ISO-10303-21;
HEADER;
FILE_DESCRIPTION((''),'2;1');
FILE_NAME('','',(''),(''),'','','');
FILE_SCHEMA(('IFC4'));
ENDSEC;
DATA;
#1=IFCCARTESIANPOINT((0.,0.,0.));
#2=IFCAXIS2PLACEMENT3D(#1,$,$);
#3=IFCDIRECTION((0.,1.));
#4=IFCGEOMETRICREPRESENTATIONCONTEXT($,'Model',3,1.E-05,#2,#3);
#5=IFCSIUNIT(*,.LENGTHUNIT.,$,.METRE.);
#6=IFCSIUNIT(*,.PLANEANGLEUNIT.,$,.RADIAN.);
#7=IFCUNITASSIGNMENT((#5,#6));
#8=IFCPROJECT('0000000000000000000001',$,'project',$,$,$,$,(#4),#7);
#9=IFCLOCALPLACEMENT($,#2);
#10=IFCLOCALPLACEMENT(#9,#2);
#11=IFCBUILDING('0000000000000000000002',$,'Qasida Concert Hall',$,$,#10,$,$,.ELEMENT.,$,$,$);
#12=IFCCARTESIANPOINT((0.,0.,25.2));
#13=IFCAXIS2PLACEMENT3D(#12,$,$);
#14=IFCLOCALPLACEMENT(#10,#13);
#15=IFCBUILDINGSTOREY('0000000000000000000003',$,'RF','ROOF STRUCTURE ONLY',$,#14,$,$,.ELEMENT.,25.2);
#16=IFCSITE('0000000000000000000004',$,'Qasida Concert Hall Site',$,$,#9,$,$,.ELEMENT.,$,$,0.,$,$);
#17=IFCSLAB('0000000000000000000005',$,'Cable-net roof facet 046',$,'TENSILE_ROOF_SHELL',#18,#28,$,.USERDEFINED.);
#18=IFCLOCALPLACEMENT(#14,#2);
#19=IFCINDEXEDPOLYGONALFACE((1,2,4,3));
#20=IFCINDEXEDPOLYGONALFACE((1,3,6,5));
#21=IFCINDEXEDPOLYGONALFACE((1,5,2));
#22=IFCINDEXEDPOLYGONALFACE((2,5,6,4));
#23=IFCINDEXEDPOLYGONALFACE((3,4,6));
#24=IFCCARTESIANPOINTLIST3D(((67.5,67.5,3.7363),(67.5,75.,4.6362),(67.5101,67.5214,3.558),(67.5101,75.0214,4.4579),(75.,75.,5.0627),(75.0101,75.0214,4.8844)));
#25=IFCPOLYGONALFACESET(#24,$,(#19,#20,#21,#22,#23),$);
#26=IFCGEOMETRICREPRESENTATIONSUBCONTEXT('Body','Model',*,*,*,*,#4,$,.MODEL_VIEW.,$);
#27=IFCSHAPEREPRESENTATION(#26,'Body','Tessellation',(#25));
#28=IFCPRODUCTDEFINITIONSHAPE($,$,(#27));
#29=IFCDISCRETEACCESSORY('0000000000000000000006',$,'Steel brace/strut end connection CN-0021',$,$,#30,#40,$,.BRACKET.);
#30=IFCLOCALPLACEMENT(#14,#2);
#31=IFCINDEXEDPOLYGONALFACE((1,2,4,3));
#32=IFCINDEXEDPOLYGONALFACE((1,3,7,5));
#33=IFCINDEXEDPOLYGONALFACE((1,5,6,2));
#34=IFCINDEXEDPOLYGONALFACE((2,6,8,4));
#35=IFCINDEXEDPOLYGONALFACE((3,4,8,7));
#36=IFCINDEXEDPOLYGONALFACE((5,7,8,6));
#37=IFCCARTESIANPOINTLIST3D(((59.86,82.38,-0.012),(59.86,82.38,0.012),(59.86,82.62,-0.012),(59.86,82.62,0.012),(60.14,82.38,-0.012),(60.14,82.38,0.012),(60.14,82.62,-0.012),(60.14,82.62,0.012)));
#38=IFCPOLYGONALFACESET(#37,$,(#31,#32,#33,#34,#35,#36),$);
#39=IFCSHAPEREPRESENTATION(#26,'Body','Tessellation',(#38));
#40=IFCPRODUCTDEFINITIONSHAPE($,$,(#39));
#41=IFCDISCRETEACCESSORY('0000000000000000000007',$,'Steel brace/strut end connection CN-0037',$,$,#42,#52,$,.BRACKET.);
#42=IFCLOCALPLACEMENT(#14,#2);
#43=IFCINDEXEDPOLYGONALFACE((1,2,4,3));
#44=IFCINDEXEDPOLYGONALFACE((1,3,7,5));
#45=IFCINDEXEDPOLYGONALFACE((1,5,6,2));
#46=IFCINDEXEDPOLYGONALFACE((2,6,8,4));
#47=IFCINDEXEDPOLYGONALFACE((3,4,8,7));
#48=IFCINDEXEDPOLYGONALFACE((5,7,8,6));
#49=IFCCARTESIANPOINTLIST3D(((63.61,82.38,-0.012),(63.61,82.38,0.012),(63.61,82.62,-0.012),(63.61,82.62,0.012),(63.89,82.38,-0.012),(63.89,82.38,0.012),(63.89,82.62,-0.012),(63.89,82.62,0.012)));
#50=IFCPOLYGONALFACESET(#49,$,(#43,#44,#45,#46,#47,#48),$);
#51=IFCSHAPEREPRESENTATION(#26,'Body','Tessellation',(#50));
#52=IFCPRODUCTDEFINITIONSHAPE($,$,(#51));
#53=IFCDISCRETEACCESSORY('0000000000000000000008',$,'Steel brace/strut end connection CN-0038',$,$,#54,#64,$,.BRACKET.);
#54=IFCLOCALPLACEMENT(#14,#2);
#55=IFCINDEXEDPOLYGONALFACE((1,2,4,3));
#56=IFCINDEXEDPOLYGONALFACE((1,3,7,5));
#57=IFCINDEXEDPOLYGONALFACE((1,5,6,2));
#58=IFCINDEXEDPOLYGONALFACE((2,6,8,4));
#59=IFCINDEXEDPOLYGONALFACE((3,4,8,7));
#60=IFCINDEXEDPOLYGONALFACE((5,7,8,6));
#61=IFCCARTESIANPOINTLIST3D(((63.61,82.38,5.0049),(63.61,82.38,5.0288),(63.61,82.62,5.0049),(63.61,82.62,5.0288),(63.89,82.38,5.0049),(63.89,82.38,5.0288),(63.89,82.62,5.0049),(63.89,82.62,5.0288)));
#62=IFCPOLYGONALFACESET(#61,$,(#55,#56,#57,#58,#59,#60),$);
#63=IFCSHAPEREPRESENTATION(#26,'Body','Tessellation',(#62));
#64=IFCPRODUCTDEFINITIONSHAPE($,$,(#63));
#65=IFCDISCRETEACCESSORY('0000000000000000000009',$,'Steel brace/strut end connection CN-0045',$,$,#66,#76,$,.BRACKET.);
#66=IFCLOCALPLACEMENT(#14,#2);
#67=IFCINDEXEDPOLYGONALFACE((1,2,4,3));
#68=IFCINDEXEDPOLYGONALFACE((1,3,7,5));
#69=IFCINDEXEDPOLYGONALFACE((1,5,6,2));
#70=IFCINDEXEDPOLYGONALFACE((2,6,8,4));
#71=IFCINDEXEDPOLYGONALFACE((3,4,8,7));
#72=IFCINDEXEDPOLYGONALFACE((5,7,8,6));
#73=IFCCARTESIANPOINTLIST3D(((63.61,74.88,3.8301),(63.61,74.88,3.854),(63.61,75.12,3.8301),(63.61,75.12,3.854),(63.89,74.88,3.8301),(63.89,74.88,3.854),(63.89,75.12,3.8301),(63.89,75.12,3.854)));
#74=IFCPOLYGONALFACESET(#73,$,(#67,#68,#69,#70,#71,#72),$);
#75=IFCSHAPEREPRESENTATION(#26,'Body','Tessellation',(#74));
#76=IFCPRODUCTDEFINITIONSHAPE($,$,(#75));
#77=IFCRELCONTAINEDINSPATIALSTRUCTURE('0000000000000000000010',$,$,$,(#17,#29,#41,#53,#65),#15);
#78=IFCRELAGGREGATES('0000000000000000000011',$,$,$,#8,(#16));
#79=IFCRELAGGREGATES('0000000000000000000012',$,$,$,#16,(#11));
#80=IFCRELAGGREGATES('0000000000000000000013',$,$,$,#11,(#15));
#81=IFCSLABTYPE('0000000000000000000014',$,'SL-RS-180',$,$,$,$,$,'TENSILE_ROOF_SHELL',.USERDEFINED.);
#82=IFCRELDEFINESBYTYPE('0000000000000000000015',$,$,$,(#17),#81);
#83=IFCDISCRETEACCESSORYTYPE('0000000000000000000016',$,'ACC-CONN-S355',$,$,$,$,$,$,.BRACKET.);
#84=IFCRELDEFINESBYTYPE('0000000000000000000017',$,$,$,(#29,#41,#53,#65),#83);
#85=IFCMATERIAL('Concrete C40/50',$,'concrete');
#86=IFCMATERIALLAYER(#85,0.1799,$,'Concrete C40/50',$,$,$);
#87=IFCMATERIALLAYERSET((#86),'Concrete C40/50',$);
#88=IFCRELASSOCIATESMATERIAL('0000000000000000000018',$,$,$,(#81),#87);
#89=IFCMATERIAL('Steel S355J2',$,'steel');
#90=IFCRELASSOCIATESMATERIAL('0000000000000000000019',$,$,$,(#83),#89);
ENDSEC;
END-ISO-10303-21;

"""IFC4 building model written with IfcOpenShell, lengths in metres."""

from ifc_helpers import new_model, si_unit, direction, frame, origin, origin_2d, place, context, subcontext, project, spatial, polyline, rectangle, outline, extrude, material, layer, layer_set, type_object, element, save


model = new_model("IFC4")

# Units and contexts
model_context = context("Model", 3, precision=1e-05, world=origin(), true_north=direction((0.0, 1.0)))
body_context = subcontext(model_context, "Body", "Model", "MODEL_VIEW")
ifc_project = project(units=[si_unit("LENGTHUNIT", "METRE"), si_unit("PLANEANGLEUNIT", "RADIAN")], contexts=[model_context])

# Site, building, storey
site_placement = place(None, origin())
site = spatial("IfcSite", under=ifc_project, at=site_placement, Name="Qasida Concert Hall Site", CompositionType="ELEMENT", RefElevation=0.0)
building_placement = place(site_placement, origin())
building = spatial("IfcBuilding", under=site, at=building_placement, Name="Qasida Concert Hall", CompositionType="ELEMENT")
storey_placement = place(building_placement, frame((0.0, 0.0, 25.2)))
storey = spatial("IfcBuildingStorey", under=building, at=storey_placement, Name="RF", Description="ROOF STRUCTURE ONLY", CompositionType="ELEMENT", Elevation=25.2)

# Shared definitions
ifc_material_1 = material(Name="Steel S355J2", Category="steel")

# Slab
ifc_material_2 = material(Name="Concrete C40/50", Category="concrete")
ifc_layer_1 = layer(ifc_material_2, 0.1799, Name="Concrete C40/50")
ifc_layer_set_1 = layer_set([ifc_layer_1], Name="Concrete C40/50")
slab_type = type_object("IfcSlabType", Name="SL-RS-180", ElementType="TENSILE_ROOF_SHELL", PredefinedType="USERDEFINED", material=ifc_layer_set_1)
slab_1_placement = place(storey_placement, frame((67.5, 67.5, 3.7363), z_axis=(-0.056374, -0.118943, 0.991299), x_axis=(0.701642, 0.701642, 0.124089)))
element("IfcSlab", 1, at=slab_1_placement, inside=storey, type_object=slab_type, Name="Cable-net roof facet 046", ObjectType="TENSILE_ROOF_SHELL", PredefinedType="USERDEFINED", context=body_context, shape_type="SweptSolid", body=[
    extrude(outline(polyline([(0.0, 0.0), (10.6892, 0.0), (5.374, 5.3085), (0.0, 0.0)])), origin(), (0.0, 0.0, -1.0), 0.1799),
])

# Discrete accessories
discrete_accessory_type = type_object("IfcDiscreteAccessoryType", Name="ACC-CONN-S355", PredefinedType="BRACKET", material=ifc_material_1)
for number, where, z_axis, x_axis, name in (
    (2, (60.0, 82.5, -0.012), (0.0, 0.0, 1.0), (1.0, 0.0, 0.0), "Steel brace/strut end connection CN-0021"),
    (3, (63.75, 82.5, -0.012), (0.0, 0.0, 1.0), (1.0, 0.0, 0.0), "Steel brace/strut end connection CN-0037"),
    (4, (63.75, 82.5, 5.0049), (0.0, 0.0, 1.0), (1.0, 0.0, 0.0), "Steel brace/strut end connection CN-0038"),
    (5, (63.75, 75.0, 3.8301), (0.0, 0.0, 1.0), (1.0, 0.0, 0.0), "Steel brace/strut end connection CN-0045"),
):
    element("IfcDiscreteAccessory", number, at=place(storey_placement, frame(where, z_axis=z_axis, x_axis=x_axis)), inside=storey, type_object=discrete_accessory_type, Name=name, PredefinedType="BRACKET", context=body_context, shape_type="SweptSolid", body=[
        extrude(rectangle(XDim=0.28, YDim=0.24, at=origin_2d()), origin(), (0.0, 0.0, 1.0), 0.0239),
    ])

save(model, "model.ifc")
